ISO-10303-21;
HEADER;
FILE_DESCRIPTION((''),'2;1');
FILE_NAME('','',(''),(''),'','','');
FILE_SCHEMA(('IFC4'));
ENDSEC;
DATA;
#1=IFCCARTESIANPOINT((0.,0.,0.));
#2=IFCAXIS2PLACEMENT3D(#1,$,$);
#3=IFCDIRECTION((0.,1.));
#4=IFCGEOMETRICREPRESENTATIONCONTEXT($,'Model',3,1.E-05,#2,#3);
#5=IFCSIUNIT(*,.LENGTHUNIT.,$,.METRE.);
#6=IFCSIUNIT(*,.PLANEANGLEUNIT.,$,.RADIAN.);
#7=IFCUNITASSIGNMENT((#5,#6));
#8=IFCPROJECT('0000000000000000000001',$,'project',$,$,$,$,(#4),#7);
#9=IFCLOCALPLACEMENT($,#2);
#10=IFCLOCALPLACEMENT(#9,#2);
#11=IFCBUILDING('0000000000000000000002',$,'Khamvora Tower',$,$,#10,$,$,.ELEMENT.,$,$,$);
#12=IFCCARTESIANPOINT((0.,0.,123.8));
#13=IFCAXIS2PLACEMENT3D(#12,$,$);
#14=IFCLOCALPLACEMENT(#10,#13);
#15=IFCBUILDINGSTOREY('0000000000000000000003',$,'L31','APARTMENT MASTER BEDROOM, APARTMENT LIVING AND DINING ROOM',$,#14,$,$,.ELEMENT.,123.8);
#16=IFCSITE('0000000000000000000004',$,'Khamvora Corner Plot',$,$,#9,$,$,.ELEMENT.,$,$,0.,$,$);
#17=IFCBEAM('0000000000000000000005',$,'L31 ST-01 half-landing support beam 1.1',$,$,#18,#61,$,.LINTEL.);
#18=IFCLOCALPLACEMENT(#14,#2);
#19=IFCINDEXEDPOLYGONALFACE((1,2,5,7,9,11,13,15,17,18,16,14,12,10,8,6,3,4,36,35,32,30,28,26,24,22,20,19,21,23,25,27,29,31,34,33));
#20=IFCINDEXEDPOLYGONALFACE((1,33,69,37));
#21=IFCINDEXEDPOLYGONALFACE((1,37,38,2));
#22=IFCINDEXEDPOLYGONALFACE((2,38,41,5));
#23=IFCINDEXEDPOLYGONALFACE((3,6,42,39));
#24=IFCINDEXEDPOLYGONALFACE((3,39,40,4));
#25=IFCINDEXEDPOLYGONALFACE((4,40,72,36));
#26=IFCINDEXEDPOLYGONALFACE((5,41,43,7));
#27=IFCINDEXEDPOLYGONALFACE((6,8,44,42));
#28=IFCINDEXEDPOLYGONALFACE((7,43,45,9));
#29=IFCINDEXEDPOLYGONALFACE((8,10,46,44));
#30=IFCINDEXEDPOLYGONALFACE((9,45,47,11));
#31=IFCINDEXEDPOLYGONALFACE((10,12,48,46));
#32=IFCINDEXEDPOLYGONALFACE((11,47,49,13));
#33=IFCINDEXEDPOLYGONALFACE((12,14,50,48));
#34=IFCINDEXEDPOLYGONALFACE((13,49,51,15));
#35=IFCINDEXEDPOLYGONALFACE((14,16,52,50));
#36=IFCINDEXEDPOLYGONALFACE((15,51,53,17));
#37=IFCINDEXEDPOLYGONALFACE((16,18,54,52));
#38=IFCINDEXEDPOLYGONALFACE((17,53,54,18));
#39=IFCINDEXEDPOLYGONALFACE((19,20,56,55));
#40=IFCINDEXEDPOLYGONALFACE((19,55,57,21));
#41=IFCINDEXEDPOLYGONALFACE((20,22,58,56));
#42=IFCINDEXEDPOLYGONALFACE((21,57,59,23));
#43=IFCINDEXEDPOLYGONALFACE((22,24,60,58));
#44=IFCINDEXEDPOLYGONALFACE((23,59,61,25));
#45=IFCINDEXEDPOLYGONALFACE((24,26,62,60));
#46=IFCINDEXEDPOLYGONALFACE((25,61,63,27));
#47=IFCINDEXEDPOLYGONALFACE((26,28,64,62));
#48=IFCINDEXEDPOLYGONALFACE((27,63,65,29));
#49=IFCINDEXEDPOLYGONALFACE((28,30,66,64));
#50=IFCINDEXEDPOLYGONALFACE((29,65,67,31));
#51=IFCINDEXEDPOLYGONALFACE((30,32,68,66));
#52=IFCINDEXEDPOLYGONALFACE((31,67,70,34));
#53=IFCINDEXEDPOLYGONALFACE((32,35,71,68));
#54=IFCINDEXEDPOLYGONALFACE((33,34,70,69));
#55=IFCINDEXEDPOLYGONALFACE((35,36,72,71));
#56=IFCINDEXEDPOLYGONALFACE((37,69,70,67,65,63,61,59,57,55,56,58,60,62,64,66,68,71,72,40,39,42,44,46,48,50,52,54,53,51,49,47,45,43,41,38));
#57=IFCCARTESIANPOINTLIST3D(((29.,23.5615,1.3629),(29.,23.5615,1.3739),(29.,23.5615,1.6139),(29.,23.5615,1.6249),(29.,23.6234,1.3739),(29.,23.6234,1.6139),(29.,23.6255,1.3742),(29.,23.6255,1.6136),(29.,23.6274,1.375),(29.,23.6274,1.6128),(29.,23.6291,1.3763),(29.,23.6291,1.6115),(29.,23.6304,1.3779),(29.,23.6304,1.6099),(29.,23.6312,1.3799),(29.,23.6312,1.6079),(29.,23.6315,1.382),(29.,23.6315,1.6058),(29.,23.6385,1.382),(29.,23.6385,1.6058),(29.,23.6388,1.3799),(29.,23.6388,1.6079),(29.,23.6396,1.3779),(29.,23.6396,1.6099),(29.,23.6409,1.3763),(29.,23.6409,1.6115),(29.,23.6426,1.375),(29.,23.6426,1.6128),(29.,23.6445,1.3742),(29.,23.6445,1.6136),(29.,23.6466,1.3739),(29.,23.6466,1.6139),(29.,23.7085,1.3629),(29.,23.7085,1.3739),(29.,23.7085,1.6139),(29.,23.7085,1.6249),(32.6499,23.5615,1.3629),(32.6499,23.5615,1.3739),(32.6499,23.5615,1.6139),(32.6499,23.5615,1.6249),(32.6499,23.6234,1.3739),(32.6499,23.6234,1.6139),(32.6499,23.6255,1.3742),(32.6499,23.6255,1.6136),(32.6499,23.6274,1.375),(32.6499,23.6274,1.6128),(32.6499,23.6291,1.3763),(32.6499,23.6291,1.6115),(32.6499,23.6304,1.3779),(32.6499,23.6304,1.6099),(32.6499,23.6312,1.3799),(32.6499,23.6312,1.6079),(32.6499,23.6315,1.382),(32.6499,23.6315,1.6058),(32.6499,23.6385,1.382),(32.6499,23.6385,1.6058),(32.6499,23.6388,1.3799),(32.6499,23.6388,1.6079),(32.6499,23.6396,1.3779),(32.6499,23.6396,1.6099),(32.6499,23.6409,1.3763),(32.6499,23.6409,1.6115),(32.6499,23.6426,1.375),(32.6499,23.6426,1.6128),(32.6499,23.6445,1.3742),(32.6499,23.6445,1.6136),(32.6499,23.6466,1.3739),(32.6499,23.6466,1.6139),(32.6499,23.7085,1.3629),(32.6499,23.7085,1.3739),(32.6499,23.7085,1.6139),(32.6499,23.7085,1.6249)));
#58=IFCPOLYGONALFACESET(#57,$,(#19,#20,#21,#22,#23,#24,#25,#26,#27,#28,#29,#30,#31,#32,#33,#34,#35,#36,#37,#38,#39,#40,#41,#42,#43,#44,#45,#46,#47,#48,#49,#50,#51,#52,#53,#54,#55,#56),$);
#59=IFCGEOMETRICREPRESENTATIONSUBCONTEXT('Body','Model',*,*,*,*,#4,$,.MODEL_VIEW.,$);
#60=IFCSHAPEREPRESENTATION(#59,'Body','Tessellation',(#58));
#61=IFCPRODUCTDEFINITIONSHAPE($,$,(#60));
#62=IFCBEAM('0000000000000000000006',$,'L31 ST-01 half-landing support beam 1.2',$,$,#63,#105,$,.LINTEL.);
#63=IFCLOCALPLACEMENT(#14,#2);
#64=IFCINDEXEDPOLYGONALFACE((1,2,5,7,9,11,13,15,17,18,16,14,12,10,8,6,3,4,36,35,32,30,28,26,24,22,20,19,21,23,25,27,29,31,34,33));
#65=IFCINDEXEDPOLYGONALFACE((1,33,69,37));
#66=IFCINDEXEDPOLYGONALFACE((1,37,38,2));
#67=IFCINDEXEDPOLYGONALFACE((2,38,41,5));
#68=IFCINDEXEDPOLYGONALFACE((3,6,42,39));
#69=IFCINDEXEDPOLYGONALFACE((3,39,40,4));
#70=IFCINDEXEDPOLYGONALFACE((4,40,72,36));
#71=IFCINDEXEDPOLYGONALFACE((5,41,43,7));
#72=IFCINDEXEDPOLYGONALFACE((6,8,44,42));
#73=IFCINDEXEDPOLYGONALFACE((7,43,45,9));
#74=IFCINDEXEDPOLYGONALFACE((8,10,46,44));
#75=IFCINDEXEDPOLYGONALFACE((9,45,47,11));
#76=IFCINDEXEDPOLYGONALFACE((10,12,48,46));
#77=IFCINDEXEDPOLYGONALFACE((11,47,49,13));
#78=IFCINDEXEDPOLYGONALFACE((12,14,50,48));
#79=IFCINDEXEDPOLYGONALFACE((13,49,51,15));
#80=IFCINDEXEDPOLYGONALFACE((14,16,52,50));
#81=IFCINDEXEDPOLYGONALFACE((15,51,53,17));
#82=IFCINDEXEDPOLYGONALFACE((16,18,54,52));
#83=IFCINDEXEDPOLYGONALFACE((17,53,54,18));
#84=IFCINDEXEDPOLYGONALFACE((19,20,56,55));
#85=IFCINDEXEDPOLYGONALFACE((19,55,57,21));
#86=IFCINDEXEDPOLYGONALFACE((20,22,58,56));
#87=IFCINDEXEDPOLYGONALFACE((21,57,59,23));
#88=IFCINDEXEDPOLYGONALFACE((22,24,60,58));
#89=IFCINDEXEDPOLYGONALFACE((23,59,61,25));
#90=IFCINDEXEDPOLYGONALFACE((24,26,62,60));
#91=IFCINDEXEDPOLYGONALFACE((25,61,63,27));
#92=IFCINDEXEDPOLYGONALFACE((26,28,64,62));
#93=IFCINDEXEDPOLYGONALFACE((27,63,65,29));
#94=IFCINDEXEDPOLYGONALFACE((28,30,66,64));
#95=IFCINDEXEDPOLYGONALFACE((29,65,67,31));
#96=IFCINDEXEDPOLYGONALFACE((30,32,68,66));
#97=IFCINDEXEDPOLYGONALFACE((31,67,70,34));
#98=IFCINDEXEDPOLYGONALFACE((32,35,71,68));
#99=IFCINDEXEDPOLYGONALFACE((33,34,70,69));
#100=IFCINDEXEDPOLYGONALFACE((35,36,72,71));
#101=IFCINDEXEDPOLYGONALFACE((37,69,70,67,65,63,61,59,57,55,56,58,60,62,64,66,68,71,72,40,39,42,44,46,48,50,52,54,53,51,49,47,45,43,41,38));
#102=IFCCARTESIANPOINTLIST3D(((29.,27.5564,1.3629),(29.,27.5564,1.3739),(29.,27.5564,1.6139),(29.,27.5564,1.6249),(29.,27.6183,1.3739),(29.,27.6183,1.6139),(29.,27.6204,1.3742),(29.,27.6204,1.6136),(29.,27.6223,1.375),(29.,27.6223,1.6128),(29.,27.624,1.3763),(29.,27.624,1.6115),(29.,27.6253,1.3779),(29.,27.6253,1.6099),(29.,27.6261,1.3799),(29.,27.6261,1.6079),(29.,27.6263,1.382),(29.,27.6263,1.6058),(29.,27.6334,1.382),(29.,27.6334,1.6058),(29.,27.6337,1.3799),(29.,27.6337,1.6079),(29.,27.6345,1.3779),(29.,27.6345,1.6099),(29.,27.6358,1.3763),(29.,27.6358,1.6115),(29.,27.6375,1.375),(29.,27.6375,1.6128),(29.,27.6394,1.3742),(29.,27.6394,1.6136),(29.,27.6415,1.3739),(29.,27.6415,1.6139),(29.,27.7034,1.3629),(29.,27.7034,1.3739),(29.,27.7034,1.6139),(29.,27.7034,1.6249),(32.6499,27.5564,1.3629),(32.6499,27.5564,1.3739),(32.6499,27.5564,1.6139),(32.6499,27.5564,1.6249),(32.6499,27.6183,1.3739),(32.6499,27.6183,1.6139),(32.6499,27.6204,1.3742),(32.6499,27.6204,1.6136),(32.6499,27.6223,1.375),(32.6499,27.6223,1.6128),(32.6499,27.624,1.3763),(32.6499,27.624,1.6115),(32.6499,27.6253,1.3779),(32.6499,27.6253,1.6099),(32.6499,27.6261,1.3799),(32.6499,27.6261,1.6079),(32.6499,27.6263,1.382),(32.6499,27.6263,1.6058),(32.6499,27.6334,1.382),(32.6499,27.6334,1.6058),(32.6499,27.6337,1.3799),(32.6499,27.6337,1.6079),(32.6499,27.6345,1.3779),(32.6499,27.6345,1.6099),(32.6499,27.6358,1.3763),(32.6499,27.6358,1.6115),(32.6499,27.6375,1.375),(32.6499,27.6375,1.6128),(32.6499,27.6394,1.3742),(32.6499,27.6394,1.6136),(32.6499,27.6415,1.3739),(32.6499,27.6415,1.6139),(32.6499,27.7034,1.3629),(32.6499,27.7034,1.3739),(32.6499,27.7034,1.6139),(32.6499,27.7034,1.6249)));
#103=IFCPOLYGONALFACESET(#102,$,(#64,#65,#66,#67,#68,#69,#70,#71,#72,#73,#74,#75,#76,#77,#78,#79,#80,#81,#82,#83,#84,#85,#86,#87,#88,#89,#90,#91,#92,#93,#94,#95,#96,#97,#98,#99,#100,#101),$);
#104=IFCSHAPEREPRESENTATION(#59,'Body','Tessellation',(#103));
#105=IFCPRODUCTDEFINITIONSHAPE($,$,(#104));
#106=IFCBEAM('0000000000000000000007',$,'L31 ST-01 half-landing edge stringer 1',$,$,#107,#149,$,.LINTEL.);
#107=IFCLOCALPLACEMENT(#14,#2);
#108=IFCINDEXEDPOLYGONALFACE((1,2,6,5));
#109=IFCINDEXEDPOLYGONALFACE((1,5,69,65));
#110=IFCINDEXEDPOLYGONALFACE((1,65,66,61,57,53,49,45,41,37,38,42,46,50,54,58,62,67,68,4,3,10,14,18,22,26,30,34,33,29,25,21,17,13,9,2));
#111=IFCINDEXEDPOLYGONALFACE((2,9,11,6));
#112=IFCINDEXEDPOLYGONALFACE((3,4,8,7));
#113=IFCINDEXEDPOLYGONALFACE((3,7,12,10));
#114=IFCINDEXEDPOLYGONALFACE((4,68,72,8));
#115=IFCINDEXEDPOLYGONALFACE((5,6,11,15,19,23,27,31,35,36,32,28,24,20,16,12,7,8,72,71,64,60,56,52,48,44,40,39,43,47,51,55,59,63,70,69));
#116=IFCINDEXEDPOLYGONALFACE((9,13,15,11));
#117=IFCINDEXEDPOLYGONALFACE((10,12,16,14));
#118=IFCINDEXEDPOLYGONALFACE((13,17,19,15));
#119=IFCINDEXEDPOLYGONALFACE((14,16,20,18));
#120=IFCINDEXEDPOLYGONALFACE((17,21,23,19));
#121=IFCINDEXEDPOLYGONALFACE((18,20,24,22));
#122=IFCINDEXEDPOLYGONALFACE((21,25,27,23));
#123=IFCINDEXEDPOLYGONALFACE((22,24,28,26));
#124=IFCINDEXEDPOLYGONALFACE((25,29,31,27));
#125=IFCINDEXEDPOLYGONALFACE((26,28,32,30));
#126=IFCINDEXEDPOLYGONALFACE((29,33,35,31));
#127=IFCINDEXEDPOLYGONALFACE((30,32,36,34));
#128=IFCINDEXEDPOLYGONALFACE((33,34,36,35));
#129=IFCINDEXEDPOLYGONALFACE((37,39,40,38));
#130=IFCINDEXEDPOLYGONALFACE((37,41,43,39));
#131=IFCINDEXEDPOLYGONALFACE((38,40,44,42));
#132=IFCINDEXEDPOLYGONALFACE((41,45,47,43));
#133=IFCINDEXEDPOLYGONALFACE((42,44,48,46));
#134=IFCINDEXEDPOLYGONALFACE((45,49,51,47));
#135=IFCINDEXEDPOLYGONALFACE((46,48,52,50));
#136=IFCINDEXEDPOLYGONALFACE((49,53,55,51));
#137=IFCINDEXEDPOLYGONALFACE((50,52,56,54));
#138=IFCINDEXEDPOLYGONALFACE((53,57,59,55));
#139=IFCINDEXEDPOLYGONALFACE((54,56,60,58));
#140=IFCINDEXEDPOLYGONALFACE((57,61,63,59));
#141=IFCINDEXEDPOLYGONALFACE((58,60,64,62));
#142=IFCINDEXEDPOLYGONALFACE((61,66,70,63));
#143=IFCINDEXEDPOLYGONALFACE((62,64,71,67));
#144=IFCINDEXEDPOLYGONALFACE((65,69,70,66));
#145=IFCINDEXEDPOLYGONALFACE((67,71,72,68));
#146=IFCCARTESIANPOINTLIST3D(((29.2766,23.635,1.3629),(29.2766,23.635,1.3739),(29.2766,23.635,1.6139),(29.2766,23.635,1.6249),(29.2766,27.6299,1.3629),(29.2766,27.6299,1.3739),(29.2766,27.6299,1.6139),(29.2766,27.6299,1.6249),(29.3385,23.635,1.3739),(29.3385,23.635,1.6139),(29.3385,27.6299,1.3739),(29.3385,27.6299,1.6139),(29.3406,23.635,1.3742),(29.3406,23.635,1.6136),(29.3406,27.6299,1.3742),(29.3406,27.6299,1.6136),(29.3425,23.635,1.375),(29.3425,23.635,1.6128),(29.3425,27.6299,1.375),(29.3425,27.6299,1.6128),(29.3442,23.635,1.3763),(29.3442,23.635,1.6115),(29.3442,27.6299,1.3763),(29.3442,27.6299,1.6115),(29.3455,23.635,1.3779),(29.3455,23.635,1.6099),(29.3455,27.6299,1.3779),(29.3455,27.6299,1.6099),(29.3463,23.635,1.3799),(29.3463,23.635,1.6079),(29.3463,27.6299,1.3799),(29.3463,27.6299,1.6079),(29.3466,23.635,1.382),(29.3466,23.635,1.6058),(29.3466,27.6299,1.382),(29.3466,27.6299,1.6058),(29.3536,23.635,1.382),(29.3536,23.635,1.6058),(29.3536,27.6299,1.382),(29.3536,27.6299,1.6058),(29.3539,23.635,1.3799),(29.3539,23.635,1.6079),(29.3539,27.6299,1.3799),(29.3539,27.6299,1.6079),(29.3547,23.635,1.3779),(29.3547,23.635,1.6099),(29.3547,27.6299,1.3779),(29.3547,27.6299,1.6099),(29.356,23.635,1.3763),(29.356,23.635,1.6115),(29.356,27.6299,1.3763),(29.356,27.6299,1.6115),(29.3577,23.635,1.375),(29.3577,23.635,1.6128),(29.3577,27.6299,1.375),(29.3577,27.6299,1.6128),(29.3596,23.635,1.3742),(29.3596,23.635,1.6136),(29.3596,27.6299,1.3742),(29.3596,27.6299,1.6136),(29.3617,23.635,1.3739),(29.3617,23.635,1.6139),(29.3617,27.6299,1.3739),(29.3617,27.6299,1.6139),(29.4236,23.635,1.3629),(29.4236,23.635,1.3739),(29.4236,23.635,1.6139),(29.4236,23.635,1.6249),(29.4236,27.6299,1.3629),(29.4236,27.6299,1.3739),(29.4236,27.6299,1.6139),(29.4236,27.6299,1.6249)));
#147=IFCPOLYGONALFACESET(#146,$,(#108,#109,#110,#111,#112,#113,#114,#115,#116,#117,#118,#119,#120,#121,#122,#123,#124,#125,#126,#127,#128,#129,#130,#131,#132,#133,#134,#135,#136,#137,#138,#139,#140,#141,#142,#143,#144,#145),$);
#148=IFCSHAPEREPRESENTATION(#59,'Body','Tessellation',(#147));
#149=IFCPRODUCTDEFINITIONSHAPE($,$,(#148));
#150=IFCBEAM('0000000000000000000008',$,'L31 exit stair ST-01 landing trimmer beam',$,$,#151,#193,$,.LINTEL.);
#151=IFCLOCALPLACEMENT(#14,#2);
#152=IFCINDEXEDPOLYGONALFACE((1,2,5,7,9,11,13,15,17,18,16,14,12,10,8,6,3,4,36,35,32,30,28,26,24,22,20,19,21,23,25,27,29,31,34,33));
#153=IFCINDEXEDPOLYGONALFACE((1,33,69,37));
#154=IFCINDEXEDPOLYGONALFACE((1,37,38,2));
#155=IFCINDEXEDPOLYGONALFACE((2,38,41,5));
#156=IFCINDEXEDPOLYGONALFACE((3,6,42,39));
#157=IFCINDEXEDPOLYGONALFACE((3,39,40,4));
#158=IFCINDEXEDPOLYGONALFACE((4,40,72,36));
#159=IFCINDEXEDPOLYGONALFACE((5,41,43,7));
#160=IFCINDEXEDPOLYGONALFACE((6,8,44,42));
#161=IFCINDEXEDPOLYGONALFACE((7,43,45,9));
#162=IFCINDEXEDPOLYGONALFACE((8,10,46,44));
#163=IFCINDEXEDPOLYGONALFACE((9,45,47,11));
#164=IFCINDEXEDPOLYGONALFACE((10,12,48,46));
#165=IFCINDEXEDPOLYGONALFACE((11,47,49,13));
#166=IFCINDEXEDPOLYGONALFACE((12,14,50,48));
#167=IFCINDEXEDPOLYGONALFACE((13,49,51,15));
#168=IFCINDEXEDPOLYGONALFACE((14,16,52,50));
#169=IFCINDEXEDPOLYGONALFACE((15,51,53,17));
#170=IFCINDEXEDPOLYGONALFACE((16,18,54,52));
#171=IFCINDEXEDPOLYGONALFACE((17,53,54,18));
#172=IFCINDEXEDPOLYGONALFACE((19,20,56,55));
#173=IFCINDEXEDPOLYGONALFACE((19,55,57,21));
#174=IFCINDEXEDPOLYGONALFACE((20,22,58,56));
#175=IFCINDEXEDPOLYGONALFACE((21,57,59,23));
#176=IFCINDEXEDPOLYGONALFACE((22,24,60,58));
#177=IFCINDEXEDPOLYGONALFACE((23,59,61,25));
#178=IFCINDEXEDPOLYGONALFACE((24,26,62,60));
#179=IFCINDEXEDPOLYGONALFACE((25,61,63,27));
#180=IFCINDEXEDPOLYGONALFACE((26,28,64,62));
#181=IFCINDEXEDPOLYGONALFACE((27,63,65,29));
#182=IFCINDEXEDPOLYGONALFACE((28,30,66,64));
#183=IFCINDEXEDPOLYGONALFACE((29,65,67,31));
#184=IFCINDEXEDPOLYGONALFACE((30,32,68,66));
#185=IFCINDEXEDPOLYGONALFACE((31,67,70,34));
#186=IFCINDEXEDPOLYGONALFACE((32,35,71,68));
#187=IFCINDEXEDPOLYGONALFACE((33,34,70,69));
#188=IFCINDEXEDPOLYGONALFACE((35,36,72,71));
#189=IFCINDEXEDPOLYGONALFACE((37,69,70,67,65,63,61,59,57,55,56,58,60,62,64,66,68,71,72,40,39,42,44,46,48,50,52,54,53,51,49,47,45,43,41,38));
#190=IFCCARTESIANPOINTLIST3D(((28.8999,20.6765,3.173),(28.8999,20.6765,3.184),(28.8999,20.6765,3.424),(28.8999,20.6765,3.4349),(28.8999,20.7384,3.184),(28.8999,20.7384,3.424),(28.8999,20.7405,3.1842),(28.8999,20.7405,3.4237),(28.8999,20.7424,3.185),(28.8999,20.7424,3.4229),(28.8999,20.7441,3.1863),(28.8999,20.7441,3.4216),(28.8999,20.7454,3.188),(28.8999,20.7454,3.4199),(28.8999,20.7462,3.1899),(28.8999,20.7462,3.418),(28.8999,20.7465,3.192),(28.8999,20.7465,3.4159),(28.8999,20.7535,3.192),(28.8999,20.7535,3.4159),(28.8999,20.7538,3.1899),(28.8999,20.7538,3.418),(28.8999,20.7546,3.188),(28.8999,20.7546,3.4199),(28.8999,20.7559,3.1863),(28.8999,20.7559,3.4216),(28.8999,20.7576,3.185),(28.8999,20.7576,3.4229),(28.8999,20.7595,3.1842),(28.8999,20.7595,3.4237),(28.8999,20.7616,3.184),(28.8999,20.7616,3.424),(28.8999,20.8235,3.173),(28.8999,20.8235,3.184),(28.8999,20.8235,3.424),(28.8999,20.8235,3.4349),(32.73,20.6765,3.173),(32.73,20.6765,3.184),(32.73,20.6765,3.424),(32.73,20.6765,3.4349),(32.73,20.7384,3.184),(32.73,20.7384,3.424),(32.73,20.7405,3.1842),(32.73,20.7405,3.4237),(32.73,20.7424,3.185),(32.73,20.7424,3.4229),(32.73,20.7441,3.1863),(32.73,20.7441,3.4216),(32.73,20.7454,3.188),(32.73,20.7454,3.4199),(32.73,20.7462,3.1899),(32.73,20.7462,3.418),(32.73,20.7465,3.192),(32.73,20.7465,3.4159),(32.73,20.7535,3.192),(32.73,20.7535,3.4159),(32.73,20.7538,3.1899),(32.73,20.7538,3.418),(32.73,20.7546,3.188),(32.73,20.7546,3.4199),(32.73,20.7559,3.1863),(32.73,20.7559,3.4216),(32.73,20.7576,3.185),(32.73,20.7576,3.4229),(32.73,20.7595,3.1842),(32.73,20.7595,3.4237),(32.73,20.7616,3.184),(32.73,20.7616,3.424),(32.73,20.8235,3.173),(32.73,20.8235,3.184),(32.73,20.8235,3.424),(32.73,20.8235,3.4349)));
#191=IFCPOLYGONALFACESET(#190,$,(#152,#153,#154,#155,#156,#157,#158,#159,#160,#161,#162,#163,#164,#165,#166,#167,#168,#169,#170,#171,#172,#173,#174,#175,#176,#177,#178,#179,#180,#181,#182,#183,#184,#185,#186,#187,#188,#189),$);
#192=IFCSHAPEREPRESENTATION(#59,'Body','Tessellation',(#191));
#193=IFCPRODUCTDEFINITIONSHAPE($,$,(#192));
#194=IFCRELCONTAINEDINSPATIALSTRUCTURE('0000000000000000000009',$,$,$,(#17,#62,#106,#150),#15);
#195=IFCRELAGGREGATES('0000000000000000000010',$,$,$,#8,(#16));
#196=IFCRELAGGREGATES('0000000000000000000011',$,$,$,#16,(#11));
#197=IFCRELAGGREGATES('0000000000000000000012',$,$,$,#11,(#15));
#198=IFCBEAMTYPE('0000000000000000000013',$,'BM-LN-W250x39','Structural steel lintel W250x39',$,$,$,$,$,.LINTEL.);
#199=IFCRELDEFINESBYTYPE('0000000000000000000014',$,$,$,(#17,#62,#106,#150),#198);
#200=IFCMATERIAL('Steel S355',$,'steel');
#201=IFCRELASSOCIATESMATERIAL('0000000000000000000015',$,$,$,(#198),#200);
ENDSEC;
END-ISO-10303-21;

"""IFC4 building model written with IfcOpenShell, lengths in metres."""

from ifc_helpers import new_model, si_unit, direction, frame, origin, origin_2d, place, context, subcontext, project, spatial, i_section, extrude, material, material_profile, profile_set, type_object, element, save


model = new_model("IFC4")

# Units and contexts
model_context = context("Model", 3, precision=1e-05, world=origin(), true_north=direction((0.0, 1.0)))
body_context = subcontext(model_context, "Body", "Model", "MODEL_VIEW")
ifc_project = project(units=[si_unit("LENGTHUNIT", "METRE"), si_unit("PLANEANGLEUNIT", "RADIAN")], contexts=[model_context])

# Site, building, storey
site_placement = place(None, origin())
site = spatial("IfcSite", under=ifc_project, at=site_placement, Name="Khamvora Corner Plot", CompositionType="ELEMENT", RefElevation=0.0)
building_placement = place(site_placement, origin())
building = spatial("IfcBuilding", under=site, at=building_placement, Name="Khamvora Tower", CompositionType="ELEMENT")
storey_placement = place(building_placement, frame((0.0, 0.0, 123.8)))
storey = spatial("IfcBuildingStorey", under=building, at=storey_placement, Name="L31", Description="APARTMENT MASTER BEDROOM, APARTMENT LIVING AND DINING ROOM", CompositionType="ELEMENT", Elevation=123.8)

# Beams
ifc_material_1 = material(Name="Steel S355", Category="steel")
ifc_material_profile = material_profile(ifc_material_1, i_section(OverallWidth=0.147, OverallDepth=0.262, WebThickness=0.0071, FlangeThickness=0.011, FilletRadius=0.0081, at=origin_2d()), Name="W250x39")
ifc_profile_set = profile_set([ifc_material_profile], Name="Steel S355")
beam_type = type_object("IfcBeamType", Name="BM-LN-W250x39", Description="Structural steel lintel W250x39", PredefinedType="LINTEL", material=ifc_profile_set)
for number, where, z_axis, x_axis, name in (
    (1, (29.0, 23.635, 1.4939), (1.0, 0.0, 0.0), (0.0, 1.0, 0.0), "L31 ST-01 half-landing support beam 1.1"),
    (2, (29.0, 27.6299, 1.4939), (1.0, 0.0, 0.0), (0.0, 1.0, 0.0), "L31 ST-01 half-landing support beam 1.2"),
):
    element("IfcBeam", number, at=place(storey_placement, frame(where, z_axis=z_axis, x_axis=x_axis)), inside=storey, type_object=beam_type, Name=name, PredefinedType="LINTEL", context=body_context, shape_type="SweptSolid", body=[
        extrude(i_section(OverallWidth=0.147, OverallDepth=0.262, WebThickness=0.0071, FlangeThickness=0.011, FilletRadius=0.0081, at=origin_2d()), origin(), (0.0, 0.0, 1.0), 3.6499),
    ])
beam_1_placement = place(storey_placement, frame((29.3501, 23.635, 1.4939), z_axis=(0.0, 1.0, 0.0), x_axis=(-1.0, 0.0, 0.0)))
element("IfcBeam", 3, at=beam_1_placement, inside=storey, type_object=beam_type, Name="L31 ST-01 half-landing edge stringer 1", PredefinedType="LINTEL", context=body_context, shape_type="SweptSolid", body=[
    extrude(i_section(OverallWidth=0.147, OverallDepth=0.262, WebThickness=0.0071, FlangeThickness=0.011, FilletRadius=0.0081, at=origin_2d()), origin(), (0.0, 0.0, 1.0), 3.9949),
])
beam_2_placement = place(storey_placement, frame((28.8999, 20.75, 3.304), z_axis=(1.0, 0.0, 0.0), x_axis=(0.0, 1.0, 0.0)))
element("IfcBeam", 4, at=beam_2_placement, inside=storey, type_object=beam_type, Name="L31 exit stair ST-01 landing trimmer beam", PredefinedType="LINTEL", context=body_context, shape_type="SweptSolid", body=[
    extrude(i_section(OverallWidth=0.147, OverallDepth=0.262, WebThickness=0.0071, FlangeThickness=0.011, FilletRadius=0.0081, at=origin_2d()), origin(), (0.0, 0.0, 1.0), 3.8301),
])

save(model, "model.ifc")
